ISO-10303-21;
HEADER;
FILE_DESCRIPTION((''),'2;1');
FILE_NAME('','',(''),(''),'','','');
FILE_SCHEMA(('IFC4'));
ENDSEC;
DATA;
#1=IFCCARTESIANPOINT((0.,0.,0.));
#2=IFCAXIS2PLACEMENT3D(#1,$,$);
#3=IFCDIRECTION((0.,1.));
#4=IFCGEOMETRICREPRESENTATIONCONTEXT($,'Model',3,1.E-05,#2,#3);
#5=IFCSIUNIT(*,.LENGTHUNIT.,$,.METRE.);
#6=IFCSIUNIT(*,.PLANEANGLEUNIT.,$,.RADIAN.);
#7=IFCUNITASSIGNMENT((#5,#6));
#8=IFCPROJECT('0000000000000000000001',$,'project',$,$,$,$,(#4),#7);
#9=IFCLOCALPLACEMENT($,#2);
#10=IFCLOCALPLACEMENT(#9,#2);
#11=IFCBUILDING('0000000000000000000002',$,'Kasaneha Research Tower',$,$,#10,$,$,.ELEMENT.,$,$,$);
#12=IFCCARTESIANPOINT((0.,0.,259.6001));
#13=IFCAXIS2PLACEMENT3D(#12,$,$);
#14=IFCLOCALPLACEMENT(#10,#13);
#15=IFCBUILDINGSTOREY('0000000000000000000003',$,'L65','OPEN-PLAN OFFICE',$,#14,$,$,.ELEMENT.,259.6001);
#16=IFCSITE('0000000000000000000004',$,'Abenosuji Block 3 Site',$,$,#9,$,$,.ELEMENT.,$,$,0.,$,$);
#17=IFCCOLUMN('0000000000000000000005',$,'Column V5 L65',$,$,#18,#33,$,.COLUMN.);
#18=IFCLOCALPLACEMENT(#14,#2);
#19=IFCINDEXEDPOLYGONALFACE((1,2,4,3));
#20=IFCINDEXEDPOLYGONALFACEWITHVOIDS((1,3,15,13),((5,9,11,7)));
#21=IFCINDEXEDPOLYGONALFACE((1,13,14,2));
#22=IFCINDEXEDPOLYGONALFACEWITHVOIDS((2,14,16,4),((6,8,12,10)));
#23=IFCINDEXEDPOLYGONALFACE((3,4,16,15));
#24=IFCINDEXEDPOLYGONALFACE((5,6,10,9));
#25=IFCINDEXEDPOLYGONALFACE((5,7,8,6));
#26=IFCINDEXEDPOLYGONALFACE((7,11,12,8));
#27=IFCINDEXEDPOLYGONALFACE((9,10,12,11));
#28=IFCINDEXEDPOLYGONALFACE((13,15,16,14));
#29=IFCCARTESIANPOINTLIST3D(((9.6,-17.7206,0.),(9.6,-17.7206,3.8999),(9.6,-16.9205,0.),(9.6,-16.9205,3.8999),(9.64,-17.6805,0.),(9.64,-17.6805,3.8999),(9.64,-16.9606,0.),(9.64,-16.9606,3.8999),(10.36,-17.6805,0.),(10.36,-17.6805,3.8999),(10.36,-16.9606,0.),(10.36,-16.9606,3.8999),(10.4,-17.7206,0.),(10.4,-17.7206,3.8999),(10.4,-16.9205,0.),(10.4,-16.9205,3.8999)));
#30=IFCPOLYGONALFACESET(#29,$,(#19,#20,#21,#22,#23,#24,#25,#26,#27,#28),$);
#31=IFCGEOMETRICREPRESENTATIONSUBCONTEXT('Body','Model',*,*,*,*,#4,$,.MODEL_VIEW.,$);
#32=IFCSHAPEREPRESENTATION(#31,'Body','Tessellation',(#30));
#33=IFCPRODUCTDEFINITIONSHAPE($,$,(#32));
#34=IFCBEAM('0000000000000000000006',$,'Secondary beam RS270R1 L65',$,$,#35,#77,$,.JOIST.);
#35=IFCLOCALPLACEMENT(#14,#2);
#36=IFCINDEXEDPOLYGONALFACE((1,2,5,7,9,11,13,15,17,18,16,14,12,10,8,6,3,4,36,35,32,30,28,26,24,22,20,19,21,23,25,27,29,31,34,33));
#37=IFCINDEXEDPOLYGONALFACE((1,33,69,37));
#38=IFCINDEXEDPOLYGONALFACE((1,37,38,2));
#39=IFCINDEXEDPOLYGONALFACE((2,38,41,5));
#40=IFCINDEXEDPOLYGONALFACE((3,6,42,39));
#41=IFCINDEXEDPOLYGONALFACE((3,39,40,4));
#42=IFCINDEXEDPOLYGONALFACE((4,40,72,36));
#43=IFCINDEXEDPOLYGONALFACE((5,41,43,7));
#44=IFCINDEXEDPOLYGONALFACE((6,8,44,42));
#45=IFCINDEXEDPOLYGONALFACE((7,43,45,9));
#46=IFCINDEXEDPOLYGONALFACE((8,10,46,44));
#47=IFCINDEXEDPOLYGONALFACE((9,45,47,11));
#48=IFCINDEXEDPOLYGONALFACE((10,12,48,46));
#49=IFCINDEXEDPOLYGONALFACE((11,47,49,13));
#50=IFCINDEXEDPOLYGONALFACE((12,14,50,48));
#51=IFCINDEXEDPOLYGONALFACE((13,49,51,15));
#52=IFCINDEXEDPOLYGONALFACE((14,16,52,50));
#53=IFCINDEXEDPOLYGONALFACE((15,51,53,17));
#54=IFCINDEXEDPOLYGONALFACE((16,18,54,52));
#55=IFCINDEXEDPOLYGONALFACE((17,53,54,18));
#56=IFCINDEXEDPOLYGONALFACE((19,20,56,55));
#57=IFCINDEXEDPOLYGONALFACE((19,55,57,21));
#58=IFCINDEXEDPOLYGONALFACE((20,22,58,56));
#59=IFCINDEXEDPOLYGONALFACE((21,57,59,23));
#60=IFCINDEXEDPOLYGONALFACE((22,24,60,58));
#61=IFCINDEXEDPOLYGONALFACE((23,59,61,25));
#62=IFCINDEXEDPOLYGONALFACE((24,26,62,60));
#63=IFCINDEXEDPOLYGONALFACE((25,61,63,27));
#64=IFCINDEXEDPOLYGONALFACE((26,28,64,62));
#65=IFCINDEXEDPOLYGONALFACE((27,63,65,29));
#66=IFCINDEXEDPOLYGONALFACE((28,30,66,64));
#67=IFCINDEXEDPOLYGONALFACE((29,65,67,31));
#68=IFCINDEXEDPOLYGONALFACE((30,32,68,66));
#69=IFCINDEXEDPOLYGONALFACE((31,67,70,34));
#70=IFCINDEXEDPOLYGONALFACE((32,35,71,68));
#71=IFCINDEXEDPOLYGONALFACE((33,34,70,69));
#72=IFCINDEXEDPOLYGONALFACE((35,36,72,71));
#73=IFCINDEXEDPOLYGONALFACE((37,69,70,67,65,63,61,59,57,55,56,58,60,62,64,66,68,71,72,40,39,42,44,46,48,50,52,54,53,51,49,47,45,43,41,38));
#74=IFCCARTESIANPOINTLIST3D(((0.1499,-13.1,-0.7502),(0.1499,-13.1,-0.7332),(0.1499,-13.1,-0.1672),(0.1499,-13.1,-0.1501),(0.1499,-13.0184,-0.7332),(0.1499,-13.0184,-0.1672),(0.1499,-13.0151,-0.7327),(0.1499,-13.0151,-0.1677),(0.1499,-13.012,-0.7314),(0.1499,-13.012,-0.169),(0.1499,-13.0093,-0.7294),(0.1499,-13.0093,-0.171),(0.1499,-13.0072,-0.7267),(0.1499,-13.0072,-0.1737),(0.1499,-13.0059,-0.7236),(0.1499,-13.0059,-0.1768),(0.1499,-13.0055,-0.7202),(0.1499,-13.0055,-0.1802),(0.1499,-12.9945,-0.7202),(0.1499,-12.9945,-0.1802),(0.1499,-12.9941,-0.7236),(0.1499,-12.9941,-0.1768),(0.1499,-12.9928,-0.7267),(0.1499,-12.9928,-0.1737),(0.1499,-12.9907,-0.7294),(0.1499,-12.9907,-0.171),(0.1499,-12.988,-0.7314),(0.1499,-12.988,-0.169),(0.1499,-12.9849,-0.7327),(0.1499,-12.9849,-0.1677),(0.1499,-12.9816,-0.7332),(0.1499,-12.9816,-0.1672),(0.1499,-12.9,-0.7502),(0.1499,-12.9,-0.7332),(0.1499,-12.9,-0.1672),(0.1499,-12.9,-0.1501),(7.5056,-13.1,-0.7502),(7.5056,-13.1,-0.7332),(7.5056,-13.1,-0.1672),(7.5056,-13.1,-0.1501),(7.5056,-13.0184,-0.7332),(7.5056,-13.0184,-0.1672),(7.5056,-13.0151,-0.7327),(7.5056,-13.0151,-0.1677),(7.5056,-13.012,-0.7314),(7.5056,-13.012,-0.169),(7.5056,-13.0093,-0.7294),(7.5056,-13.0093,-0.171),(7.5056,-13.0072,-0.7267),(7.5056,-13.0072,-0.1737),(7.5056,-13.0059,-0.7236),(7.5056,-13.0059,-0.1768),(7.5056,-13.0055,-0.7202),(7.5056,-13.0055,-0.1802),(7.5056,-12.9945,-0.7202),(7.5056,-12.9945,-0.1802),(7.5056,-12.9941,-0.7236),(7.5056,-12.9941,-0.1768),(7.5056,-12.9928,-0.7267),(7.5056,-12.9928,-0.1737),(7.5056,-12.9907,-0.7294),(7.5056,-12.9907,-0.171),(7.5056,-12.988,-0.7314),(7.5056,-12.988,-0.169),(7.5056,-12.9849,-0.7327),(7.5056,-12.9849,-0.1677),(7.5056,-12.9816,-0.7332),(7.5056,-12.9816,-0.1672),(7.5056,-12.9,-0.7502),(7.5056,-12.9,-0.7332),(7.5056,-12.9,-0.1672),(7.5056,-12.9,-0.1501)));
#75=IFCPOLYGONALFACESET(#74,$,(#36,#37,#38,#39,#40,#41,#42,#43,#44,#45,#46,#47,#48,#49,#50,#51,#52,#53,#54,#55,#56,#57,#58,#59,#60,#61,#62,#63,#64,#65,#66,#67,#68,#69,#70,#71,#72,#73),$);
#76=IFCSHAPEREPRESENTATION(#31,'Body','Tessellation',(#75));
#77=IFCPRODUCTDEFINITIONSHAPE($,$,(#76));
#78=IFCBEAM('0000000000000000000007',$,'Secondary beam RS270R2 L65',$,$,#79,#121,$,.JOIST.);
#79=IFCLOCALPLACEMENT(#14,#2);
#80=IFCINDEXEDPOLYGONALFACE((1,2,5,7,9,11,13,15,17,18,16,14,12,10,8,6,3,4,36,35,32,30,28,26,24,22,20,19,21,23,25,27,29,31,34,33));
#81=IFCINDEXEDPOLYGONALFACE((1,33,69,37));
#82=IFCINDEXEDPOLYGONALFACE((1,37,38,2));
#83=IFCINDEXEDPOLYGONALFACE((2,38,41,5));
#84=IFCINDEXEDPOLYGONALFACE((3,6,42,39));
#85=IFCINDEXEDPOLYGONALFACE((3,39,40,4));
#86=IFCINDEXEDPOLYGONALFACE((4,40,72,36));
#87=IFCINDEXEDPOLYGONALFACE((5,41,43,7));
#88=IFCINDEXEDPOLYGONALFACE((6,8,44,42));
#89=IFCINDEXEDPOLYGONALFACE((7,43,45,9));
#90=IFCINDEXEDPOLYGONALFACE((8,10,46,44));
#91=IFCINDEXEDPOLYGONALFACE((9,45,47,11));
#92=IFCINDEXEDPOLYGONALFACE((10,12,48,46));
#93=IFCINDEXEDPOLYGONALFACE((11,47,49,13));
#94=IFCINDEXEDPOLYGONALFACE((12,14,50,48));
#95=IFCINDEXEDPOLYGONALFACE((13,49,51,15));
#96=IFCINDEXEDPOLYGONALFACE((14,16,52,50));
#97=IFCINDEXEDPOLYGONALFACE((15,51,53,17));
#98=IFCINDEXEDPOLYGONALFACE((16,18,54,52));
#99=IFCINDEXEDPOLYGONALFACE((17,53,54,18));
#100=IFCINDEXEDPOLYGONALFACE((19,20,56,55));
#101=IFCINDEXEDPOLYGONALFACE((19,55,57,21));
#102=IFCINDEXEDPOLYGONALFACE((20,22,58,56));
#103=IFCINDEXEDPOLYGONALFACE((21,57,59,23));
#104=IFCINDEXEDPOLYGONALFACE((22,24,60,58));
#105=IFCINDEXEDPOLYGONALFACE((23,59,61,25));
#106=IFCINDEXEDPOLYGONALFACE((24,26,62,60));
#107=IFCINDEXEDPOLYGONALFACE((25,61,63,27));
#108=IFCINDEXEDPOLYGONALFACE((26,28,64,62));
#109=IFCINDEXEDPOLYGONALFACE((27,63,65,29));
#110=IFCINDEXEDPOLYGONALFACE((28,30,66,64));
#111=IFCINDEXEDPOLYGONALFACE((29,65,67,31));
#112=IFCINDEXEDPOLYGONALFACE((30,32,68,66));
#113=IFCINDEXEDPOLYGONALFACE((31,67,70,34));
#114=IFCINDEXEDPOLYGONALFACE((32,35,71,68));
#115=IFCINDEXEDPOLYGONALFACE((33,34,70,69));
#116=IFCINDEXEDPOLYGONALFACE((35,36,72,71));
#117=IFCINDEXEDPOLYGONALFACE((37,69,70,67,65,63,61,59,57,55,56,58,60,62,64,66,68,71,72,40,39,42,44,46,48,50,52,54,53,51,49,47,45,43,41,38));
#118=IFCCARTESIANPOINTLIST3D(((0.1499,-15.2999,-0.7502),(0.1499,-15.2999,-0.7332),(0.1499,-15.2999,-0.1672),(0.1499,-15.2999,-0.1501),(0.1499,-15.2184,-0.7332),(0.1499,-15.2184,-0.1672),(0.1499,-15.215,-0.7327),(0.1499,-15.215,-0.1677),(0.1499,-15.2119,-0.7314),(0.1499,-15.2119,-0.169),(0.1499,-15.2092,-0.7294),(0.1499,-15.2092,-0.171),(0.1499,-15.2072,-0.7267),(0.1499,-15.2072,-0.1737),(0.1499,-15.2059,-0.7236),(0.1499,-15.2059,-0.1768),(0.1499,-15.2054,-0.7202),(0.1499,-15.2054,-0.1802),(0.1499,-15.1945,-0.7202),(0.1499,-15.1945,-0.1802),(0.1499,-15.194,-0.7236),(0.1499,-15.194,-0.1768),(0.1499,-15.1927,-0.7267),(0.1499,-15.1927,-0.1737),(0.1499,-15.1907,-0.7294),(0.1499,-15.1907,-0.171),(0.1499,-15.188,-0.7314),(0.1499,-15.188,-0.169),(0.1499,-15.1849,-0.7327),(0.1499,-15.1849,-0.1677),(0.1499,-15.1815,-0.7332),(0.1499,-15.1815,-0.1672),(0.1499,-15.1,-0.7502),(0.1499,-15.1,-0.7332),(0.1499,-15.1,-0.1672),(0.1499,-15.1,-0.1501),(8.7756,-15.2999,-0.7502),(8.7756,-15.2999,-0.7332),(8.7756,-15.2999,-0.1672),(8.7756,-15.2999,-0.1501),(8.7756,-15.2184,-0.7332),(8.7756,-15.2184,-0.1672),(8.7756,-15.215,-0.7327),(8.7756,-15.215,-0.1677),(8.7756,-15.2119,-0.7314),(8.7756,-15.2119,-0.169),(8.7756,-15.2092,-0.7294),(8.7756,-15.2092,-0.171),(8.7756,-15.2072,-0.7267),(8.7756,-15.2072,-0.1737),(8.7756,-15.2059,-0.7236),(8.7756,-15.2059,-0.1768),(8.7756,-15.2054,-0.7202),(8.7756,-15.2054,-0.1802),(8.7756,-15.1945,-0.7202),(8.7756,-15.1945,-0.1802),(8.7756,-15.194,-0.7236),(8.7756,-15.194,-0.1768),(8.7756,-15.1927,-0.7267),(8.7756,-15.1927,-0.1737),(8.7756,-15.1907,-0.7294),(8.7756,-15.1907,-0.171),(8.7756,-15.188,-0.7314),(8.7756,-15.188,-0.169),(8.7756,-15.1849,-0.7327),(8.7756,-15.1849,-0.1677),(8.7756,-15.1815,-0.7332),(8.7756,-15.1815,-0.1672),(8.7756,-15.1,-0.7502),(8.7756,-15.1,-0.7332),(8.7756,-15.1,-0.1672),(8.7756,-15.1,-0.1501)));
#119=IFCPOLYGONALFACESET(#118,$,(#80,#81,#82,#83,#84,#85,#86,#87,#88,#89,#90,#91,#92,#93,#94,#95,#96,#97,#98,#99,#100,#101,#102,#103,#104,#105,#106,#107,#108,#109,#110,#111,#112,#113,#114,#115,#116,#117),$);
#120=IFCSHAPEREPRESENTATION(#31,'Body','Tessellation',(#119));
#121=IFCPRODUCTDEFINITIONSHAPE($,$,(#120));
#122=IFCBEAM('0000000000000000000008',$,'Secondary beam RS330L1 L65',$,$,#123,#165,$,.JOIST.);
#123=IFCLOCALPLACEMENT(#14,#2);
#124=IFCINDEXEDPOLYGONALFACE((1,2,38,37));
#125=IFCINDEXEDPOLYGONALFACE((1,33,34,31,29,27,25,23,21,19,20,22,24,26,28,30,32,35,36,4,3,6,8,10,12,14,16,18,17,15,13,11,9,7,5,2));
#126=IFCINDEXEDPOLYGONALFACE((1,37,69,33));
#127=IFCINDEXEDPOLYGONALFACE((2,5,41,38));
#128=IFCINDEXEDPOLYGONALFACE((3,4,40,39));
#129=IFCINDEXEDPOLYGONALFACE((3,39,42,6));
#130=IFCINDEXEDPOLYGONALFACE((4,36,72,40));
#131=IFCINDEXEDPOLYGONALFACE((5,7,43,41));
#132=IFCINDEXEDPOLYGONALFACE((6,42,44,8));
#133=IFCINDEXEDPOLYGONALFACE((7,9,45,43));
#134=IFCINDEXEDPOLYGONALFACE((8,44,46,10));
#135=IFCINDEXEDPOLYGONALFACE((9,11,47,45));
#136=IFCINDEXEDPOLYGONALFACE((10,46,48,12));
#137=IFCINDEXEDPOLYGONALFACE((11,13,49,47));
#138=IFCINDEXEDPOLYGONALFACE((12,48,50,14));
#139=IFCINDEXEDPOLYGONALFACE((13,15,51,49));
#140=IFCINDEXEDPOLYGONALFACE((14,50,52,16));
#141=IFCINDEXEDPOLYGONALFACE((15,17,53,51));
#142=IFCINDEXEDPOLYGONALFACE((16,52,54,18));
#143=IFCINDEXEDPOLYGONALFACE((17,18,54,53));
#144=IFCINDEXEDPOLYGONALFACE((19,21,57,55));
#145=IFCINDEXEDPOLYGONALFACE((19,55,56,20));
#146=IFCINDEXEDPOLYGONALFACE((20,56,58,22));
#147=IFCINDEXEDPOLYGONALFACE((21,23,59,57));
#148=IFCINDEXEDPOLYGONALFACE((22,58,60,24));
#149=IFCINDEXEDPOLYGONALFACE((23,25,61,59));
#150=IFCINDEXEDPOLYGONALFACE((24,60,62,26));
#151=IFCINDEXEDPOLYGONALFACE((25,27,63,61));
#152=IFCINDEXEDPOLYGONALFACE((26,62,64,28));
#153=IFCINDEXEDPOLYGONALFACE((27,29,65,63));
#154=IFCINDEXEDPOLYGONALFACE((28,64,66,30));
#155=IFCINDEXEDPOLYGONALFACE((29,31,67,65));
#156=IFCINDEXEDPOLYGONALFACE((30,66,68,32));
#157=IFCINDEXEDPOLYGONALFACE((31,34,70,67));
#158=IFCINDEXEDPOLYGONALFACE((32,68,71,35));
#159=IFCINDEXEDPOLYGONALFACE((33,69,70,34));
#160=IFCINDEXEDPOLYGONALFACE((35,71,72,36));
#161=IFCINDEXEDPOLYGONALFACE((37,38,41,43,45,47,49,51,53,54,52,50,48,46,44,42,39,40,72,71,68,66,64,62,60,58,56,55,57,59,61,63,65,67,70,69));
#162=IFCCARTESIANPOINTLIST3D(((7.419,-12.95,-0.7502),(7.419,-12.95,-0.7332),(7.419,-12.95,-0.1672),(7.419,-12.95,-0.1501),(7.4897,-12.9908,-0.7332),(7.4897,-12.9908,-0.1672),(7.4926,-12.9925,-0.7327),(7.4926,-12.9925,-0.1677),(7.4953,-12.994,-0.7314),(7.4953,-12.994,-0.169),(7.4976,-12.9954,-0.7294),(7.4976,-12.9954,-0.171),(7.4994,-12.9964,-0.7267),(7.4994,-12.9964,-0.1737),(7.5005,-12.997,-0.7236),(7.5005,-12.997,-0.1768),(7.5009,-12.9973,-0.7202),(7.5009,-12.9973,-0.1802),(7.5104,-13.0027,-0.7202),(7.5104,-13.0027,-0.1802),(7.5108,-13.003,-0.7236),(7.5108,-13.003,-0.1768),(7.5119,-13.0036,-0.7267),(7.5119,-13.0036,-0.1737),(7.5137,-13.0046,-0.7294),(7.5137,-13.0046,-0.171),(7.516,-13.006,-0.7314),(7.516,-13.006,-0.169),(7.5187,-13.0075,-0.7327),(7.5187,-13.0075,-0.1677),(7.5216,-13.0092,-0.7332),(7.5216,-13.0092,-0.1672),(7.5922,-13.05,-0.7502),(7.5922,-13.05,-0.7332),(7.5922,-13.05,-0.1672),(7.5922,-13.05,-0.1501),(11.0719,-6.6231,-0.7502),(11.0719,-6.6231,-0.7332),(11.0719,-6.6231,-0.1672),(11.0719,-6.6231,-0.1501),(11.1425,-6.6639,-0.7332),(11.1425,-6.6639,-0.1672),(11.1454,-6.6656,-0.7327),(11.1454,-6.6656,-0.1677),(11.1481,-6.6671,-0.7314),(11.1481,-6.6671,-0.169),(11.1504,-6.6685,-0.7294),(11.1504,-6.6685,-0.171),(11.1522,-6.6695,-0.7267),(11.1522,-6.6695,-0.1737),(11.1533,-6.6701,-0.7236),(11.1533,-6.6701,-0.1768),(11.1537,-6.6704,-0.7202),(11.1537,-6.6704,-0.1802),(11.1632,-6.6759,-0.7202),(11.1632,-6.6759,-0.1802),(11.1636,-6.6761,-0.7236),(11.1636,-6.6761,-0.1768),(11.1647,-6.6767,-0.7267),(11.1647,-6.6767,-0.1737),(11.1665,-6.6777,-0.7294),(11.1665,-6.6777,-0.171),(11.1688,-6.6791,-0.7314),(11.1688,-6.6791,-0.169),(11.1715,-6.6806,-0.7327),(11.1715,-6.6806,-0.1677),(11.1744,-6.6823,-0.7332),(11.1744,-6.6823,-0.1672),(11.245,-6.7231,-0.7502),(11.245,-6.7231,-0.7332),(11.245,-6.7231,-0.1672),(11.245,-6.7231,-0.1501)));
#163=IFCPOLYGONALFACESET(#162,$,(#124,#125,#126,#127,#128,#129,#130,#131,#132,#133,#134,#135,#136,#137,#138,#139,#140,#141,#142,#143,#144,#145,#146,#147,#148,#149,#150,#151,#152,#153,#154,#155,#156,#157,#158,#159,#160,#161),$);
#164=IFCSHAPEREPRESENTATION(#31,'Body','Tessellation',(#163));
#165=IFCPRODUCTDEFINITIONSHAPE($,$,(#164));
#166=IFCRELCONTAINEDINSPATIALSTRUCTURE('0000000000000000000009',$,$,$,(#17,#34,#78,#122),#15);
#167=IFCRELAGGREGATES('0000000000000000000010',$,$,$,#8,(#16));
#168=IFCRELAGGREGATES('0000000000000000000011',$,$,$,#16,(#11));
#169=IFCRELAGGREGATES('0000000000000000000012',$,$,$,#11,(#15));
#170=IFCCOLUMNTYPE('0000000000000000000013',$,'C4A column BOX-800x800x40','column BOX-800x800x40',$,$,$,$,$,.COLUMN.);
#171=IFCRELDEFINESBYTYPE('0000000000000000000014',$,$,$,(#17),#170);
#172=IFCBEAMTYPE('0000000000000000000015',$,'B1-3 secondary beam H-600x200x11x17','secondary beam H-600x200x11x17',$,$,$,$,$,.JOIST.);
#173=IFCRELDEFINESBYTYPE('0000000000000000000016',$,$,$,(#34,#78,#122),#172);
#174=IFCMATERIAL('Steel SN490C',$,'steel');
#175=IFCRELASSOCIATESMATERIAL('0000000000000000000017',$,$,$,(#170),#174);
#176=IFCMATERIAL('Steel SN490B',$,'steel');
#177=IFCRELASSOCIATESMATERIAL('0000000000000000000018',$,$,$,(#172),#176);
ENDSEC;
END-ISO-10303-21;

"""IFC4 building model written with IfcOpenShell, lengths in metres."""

from ifc_helpers import new_model, si_unit, direction, frame, origin, origin_2d, place, context, subcontext, project, spatial, hollow_rectangle, i_section, extrude, material, material_profile, profile_set, type_object, element, save


model = new_model("IFC4")

# Units and contexts
model_context = context("Model", 3, precision=1e-05, world=origin(), true_north=direction((0.0, 1.0)))
body_context = subcontext(model_context, "Body", "Model", "MODEL_VIEW")
ifc_project = project(units=[si_unit("LENGTHUNIT", "METRE"), si_unit("PLANEANGLEUNIT", "RADIAN")], contexts=[model_context])

# Site, building, storey
site_placement = place(None, origin())
site = spatial("IfcSite", under=ifc_project, at=site_placement, Name="Abenosuji Block 3 Site", CompositionType="ELEMENT", RefElevation=0.0)
building_placement = place(site_placement, origin())
building = spatial("IfcBuilding", under=site, at=building_placement, Name="Kasaneha Research Tower", CompositionType="ELEMENT")
storey_placement = place(building_placement, frame((0.0, 0.0, 259.6001)))
storey = spatial("IfcBuildingStorey", under=building, at=storey_placement, Name="L65", Description="OPEN-PLAN OFFICE", CompositionType="ELEMENT", Elevation=259.6001)

# Column
ifc_material_1 = material(Name="Steel SN490C", Category="steel")
ifc_material_profile_1 = material_profile(ifc_material_1, hollow_rectangle(XDim=0.8, YDim=0.8, WallThickness=0.04, at=origin_2d()), Name="BOX-800x800x40")
ifc_profile_set_1 = profile_set([ifc_material_profile_1], Name="Steel SN490C")
column_type = type_object("IfcColumnType", Name="C4A column BOX-800x800x40", Description="column BOX-800x800x40", PredefinedType="COLUMN", material=ifc_profile_set_1)
column_placement = place(storey_placement, frame((10.0, -17.3206, 0.0), z_axis=(0.0, 0.0, 1.0), x_axis=(1.0, 0.0, 0.0)))
element("IfcColumn", 1, at=column_placement, inside=storey, type_object=column_type, Name="Column V5 L65", PredefinedType="COLUMN", context=body_context, shape_type="SweptSolid", body=[
    extrude(hollow_rectangle(XDim=0.8, YDim=0.8, WallThickness=0.04, at=origin_2d()), origin(), (0.0, 0.0, 1.0), 3.8999),
])

# Beams
ifc_material_2 = material(Name="Steel SN490B", Category="steel")
ifc_material_profile_2 = material_profile(ifc_material_2, i_section(OverallWidth=0.2, OverallDepth=0.6001, WebThickness=0.011, FlangeThickness=0.0171, FilletRadius=0.0129, at=origin_2d()), Name="H-600x200x11x17")
ifc_profile_set_2 = profile_set([ifc_material_profile_2], Name="Steel SN490B")
beam_type_1 = type_object("IfcBeamType", Name="B1-3 secondary beam H-600x200x11x17", Description="secondary beam H-600x200x11x17", PredefinedType="JOIST", material=ifc_profile_set_2)
beam_1_placement = place(storey_placement, frame((7.5056, -13.0, -0.4502), z_axis=(-1.0, 0.0, 0.0), x_axis=(0.0, -1.0, 0.0)))
element("IfcBeam", 2, at=beam_1_placement, inside=storey, type_object=beam_type_1, Name="Secondary beam RS270R1 L65", PredefinedType="JOIST", context=body_context, shape_type="SweptSolid", body=[
    extrude(i_section(OverallWidth=0.2, OverallDepth=0.6001, WebThickness=0.011, FlangeThickness=0.0171, FilletRadius=0.0129, at=origin_2d()), origin(), (0.0, 0.0, 1.0), 7.3557),
])
beam_2_placement = place(storey_placement, frame((8.7756, -15.2, -0.4502), z_axis=(-1.0, 0.0, 0.0), x_axis=(0.0, -1.0, 0.0)))
element("IfcBeam", 3, at=beam_2_placement, inside=storey, type_object=beam_type_1, Name="Secondary beam RS270R2 L65", PredefinedType="JOIST", context=body_context, shape_type="SweptSolid", body=[
    extrude(i_section(OverallWidth=0.2, OverallDepth=0.6001, WebThickness=0.011, FlangeThickness=0.0171, FilletRadius=0.0129, at=origin_2d()), origin(), (0.0, 0.0, 1.0), 8.6257),
])
beam_3_placement = place(storey_placement, frame((7.5056, -13.0, -0.4502), z_axis=(0.499999, 0.866026, 0.0), x_axis=(-0.866026, 0.499999, 0.0)))
element("IfcBeam", 4, at=beam_3_placement, inside=storey, type_object=beam_type_1, Name="Secondary beam RS330L1 L65", PredefinedType="JOIST", context=body_context, shape_type="SweptSolid", body=[
    extrude(i_section(OverallWidth=0.2, OverallDepth=0.6001, WebThickness=0.011, FlangeThickness=0.0171, FilletRadius=0.0129, at=origin_2d()), origin(), (0.0, 0.0, 1.0), 7.3057),
])

save(model, "model.ifc")
